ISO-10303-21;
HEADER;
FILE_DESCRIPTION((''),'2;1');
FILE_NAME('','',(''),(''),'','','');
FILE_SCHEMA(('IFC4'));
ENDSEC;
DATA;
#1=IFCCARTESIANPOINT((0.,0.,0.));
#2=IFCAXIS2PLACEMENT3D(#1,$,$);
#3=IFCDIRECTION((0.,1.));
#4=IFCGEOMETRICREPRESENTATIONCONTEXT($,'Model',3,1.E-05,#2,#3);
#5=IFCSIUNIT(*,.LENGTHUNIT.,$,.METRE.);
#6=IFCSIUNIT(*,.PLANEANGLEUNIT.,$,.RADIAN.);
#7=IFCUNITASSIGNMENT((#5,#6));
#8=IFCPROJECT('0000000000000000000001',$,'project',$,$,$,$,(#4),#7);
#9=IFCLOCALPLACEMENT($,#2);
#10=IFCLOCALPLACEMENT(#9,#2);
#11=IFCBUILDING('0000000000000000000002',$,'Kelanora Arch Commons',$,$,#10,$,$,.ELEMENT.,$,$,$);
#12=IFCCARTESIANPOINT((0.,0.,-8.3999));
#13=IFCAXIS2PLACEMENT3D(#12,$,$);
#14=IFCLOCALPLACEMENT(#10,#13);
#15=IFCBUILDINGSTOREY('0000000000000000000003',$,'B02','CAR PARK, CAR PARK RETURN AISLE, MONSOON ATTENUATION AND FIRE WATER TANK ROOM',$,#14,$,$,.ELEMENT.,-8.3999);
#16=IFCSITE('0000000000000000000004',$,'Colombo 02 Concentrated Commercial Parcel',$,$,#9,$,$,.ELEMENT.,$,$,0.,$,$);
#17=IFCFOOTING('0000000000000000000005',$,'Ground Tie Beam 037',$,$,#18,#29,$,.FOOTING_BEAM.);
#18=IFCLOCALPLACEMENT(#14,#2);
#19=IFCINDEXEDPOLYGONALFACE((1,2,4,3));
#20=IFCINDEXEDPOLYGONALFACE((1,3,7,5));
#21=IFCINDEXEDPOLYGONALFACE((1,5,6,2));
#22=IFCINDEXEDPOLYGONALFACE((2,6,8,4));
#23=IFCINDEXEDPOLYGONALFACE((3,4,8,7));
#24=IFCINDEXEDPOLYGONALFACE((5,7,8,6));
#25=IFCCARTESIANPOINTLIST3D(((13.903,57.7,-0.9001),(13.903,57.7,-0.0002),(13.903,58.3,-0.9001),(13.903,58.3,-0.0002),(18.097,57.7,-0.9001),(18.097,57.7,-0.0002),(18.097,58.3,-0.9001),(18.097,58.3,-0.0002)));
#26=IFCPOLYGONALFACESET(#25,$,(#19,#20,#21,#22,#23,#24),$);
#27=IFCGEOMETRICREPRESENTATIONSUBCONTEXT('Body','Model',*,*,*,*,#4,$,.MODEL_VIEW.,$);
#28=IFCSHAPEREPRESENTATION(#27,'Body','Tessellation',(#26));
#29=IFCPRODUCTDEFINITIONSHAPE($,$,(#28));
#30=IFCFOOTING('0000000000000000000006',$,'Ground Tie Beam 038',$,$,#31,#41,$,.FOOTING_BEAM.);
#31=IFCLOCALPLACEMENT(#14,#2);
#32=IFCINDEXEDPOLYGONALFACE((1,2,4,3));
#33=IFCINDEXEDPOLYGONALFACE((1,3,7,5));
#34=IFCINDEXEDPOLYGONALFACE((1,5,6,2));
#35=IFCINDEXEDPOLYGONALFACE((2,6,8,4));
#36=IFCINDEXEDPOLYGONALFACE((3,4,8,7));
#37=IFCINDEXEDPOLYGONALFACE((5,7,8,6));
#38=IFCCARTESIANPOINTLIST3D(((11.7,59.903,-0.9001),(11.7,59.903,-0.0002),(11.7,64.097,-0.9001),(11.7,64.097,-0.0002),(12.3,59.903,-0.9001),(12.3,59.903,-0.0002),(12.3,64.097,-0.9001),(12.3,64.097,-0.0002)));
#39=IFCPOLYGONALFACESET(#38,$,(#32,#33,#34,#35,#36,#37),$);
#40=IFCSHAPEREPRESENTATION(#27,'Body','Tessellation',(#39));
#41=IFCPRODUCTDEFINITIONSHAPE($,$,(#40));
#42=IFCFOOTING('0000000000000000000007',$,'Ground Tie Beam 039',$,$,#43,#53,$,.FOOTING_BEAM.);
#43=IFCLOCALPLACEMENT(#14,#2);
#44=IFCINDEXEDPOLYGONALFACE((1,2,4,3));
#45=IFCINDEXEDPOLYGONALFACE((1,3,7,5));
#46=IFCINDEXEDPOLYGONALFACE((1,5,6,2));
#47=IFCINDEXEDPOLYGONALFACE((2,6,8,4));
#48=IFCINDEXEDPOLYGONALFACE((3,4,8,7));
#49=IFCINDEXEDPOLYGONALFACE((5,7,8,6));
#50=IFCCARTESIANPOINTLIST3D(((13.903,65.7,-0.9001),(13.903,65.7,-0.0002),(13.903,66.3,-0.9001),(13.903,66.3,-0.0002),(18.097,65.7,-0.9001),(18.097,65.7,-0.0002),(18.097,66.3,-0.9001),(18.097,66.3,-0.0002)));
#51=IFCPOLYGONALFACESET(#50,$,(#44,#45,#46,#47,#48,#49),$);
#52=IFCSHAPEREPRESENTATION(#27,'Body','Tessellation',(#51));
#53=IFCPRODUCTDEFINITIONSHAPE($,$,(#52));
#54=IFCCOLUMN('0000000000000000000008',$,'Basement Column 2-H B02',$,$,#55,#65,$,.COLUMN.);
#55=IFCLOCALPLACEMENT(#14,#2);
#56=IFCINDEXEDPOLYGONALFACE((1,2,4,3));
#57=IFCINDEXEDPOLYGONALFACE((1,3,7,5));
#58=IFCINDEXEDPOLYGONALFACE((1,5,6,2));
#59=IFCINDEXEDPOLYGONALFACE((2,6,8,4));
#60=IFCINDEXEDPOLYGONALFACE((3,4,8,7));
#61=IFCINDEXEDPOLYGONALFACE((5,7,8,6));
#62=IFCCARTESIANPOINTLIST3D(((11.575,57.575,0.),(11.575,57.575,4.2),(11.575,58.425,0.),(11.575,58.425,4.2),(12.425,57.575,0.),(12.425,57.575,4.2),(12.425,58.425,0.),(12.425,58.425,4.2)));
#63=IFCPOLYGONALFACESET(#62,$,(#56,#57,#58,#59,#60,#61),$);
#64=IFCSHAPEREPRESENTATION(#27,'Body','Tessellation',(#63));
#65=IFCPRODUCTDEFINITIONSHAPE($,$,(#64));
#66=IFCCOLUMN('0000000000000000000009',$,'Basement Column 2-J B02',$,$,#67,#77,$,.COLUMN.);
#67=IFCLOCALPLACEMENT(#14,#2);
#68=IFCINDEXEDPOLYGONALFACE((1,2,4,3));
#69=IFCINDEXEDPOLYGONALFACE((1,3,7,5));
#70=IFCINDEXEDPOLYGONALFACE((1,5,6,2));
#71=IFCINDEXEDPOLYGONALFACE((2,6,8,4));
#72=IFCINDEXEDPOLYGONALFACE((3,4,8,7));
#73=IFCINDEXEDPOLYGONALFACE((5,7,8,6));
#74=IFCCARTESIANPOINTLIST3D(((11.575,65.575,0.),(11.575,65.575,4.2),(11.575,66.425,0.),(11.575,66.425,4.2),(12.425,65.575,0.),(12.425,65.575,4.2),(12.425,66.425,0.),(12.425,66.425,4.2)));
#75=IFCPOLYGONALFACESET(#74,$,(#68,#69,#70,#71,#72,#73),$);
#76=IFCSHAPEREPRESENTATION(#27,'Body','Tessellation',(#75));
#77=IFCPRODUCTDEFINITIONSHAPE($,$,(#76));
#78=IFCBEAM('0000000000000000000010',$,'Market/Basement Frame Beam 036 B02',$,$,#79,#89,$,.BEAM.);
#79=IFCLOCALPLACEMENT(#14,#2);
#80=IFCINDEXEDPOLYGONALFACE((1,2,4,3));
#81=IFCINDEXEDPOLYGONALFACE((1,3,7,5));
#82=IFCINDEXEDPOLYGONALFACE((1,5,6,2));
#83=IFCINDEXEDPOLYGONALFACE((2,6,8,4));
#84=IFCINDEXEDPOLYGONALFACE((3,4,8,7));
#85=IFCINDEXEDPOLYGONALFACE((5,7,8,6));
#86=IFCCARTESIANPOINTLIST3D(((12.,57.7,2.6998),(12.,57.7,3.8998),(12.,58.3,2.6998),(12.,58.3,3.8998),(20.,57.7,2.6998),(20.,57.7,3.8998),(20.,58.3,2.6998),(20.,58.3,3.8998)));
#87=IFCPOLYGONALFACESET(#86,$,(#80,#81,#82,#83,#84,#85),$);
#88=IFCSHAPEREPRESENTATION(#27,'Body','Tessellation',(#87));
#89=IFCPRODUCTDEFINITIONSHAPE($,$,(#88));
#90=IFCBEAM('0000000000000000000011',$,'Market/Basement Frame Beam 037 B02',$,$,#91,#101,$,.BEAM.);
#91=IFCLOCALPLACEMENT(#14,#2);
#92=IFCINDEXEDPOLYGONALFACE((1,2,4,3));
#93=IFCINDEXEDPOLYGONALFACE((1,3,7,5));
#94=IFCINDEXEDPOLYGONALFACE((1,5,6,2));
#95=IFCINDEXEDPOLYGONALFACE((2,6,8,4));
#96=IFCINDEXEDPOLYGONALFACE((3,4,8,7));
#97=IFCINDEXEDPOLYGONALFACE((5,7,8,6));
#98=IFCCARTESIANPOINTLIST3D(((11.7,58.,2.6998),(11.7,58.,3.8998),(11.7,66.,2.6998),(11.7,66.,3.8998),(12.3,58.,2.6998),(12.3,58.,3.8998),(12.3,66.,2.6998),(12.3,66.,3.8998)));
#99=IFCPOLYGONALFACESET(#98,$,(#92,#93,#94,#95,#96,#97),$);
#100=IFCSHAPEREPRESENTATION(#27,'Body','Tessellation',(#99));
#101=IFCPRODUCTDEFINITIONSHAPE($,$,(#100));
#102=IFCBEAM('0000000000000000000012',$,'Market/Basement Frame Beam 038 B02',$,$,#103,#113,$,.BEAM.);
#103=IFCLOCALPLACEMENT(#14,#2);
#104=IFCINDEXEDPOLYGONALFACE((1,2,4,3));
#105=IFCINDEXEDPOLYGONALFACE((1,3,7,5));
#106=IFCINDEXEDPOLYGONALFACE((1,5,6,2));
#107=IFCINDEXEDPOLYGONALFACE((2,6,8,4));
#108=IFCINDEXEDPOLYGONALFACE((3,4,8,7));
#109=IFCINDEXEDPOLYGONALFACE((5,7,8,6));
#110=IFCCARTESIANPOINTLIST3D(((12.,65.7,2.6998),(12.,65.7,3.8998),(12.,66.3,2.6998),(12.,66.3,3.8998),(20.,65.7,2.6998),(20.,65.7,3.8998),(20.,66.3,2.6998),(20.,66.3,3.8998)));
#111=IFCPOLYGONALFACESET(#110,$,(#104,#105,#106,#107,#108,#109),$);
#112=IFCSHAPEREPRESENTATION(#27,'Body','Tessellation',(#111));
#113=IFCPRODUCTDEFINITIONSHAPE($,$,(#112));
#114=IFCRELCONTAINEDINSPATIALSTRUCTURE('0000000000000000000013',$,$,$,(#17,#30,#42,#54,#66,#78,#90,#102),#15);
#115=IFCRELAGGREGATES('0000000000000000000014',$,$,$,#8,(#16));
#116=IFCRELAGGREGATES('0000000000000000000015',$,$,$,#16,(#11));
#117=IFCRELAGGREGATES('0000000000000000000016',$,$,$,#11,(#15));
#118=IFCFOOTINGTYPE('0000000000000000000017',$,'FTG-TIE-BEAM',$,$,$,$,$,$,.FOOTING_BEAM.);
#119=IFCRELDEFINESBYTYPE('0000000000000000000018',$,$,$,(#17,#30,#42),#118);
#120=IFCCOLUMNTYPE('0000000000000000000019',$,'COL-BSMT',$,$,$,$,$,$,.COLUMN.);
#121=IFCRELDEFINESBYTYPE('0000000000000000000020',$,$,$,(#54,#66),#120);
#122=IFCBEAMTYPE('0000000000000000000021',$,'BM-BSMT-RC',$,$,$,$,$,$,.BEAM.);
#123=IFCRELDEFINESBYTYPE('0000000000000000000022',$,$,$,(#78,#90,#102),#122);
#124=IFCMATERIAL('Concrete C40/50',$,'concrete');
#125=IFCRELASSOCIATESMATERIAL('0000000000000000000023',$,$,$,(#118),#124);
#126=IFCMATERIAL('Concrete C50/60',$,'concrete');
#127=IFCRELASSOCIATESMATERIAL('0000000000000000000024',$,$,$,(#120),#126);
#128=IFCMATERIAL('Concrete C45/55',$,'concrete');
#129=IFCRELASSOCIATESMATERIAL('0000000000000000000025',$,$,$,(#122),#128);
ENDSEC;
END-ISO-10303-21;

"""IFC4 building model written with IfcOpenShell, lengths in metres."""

from ifc_helpers import new_model, si_unit, direction, frame, origin, origin_2d, place, context, subcontext, project, spatial, rectangle, extrude, source, transform, mapped, material, material_profile, profile_set, type_object, element, save


model = new_model("IFC4")

# Units and contexts
model_context = context("Model", 3, precision=1e-05, world=origin(), true_north=direction((0.0, 1.0)))
body_context = subcontext(model_context, "Body", "Model", "MODEL_VIEW")
ifc_project = project(units=[si_unit("LENGTHUNIT", "METRE"), si_unit("PLANEANGLEUNIT", "RADIAN")], contexts=[model_context])

# Site, building, storey
site_placement = place(None, origin())
site = spatial("IfcSite", under=ifc_project, at=site_placement, Name="Colombo 02 Concentrated Commercial Parcel", CompositionType="ELEMENT", RefElevation=0.0)
building_placement = place(site_placement, origin())
building = spatial("IfcBuilding", under=site, at=building_placement, Name="Kelanora Arch Commons", CompositionType="ELEMENT")
storey_placement = place(building_placement, frame((0.0, 0.0, -8.3999)))
storey = spatial("IfcBuildingStorey", under=building, at=storey_placement, Name="B02", Description="CAR PARK, CAR PARK RETURN AISLE, MONSOON ATTENUATION AND FIRE WATER TANK ROOM", CompositionType="ELEMENT", Elevation=-8.3999)

# Shared definitions
ifc_material_1 = material(Name="Concrete C40/50", Category="concrete")

# Shared definitions
ifc_material_2 = material(Name="Concrete C45/55", Category="concrete")

# Footings
footing_type_1 = type_object("IfcFootingType", Name="FTG-TIE-BEAM", PredefinedType="FOOTING_BEAM", material=ifc_material_1)
shared_shape_1 = source(origin(), body_context, "Body", "SweptSolid", [
    extrude(rectangle(XDim=4.1941, YDim=0.6001, at=origin_2d()), origin(), (0.0, 0.0, 1.0), 0.8999),
])
for number, where, z_axis, x_axis, name in (
    (1, (16.0, 58.0, -0.9001), (0.0, 0.0, 1.0), (1.0, 0.0, 0.0), "Ground Tie Beam 037"),
    (2, (12.0, 62.0, -0.9001), (0.0, 0.0, 1.0), (0.0, 1.0, 0.0), "Ground Tie Beam 038"),
    (3, (16.0, 66.0, -0.9001), (0.0, 0.0, 1.0), (1.0, 0.0, 0.0), "Ground Tie Beam 039"),
):
    element("IfcFooting", number, at=place(storey_placement, frame(where, z_axis=z_axis, x_axis=x_axis)), inside=storey, type_object=footing_type_1, Name=name, PredefinedType="FOOTING_BEAM", context=body_context, shape_type="MappedRepresentation", body=[
        mapped(shared_shape_1, transform((0.0, 0.0, 0.0), scale=1.0)),
    ])

# Columns
ifc_material_3 = material(Name="Concrete C50/60", Category="concrete")
ifc_material_profile_1 = material_profile(ifc_material_3, rectangle(XDim=0.8501, YDim=0.8501, at=origin_2d()), Name="RC850x850")
ifc_profile_set_1 = profile_set([ifc_material_profile_1], Name="Concrete C50/60")
column_type = type_object("IfcColumnType", Name="COL-BSMT", PredefinedType="COLUMN", material=ifc_profile_set_1)
for number, where, z_axis, x_axis, name in (
    (4, (12.0, 58.0, 0.0), (0.0, 0.0, 1.0), (1.0, 0.0, 0.0), "Basement Column 2-H B02"),
    (5, (12.0, 66.0, 0.0), (0.0, 0.0, 1.0), (1.0, 0.0, 0.0), "Basement Column 2-J B02"),
):
    element("IfcColumn", number, at=place(storey_placement, frame(where, z_axis=z_axis, x_axis=x_axis)), inside=storey, type_object=column_type, Name=name, PredefinedType="COLUMN", context=body_context, shape_type="SweptSolid", body=[
        extrude(rectangle(XDim=0.8501, YDim=0.8501, at=origin_2d()), origin(), (0.0, 0.0, 1.0), 4.2),
    ])

# Beams
ifc_material_profile_2 = material_profile(ifc_material_2, rectangle(XDim=0.6001, YDim=1.2, at=origin_2d()), Name="RCB600x1200")
ifc_profile_set_2 = profile_set([ifc_material_profile_2], Name="Concrete C45/55")
beam_type = type_object("IfcBeamType", Name="BM-BSMT-RC", PredefinedType="BEAM", material=ifc_profile_set_2)
for number, where, z_axis, x_axis, name in (
    (6, (12.0, 58.0, 3.2998), (1.0, 0.0, 0.0), (0.0, 1.0, 0.0), "Market/Basement Frame Beam 036 B02"),
    (7, (12.0, 58.0, 3.2998), (0.0, 1.0, 0.0), (-1.0, 0.0, 0.0), "Market/Basement Frame Beam 037 B02"),
    (8, (12.0, 66.0, 3.2998), (1.0, 0.0, 0.0), (0.0, 1.0, 0.0), "Market/Basement Frame Beam 038 B02"),
):
    element("IfcBeam", number, at=place(storey_placement, frame(where, z_axis=z_axis, x_axis=x_axis)), inside=storey, type_object=beam_type, Name=name, PredefinedType="BEAM", context=body_context, shape_type="SweptSolid", body=[
        extrude(rectangle(XDim=0.6001, YDim=1.2, at=origin_2d()), origin(), (0.0, 0.0, 1.0), 8.0),
    ])

save(model, "model.ifc")
